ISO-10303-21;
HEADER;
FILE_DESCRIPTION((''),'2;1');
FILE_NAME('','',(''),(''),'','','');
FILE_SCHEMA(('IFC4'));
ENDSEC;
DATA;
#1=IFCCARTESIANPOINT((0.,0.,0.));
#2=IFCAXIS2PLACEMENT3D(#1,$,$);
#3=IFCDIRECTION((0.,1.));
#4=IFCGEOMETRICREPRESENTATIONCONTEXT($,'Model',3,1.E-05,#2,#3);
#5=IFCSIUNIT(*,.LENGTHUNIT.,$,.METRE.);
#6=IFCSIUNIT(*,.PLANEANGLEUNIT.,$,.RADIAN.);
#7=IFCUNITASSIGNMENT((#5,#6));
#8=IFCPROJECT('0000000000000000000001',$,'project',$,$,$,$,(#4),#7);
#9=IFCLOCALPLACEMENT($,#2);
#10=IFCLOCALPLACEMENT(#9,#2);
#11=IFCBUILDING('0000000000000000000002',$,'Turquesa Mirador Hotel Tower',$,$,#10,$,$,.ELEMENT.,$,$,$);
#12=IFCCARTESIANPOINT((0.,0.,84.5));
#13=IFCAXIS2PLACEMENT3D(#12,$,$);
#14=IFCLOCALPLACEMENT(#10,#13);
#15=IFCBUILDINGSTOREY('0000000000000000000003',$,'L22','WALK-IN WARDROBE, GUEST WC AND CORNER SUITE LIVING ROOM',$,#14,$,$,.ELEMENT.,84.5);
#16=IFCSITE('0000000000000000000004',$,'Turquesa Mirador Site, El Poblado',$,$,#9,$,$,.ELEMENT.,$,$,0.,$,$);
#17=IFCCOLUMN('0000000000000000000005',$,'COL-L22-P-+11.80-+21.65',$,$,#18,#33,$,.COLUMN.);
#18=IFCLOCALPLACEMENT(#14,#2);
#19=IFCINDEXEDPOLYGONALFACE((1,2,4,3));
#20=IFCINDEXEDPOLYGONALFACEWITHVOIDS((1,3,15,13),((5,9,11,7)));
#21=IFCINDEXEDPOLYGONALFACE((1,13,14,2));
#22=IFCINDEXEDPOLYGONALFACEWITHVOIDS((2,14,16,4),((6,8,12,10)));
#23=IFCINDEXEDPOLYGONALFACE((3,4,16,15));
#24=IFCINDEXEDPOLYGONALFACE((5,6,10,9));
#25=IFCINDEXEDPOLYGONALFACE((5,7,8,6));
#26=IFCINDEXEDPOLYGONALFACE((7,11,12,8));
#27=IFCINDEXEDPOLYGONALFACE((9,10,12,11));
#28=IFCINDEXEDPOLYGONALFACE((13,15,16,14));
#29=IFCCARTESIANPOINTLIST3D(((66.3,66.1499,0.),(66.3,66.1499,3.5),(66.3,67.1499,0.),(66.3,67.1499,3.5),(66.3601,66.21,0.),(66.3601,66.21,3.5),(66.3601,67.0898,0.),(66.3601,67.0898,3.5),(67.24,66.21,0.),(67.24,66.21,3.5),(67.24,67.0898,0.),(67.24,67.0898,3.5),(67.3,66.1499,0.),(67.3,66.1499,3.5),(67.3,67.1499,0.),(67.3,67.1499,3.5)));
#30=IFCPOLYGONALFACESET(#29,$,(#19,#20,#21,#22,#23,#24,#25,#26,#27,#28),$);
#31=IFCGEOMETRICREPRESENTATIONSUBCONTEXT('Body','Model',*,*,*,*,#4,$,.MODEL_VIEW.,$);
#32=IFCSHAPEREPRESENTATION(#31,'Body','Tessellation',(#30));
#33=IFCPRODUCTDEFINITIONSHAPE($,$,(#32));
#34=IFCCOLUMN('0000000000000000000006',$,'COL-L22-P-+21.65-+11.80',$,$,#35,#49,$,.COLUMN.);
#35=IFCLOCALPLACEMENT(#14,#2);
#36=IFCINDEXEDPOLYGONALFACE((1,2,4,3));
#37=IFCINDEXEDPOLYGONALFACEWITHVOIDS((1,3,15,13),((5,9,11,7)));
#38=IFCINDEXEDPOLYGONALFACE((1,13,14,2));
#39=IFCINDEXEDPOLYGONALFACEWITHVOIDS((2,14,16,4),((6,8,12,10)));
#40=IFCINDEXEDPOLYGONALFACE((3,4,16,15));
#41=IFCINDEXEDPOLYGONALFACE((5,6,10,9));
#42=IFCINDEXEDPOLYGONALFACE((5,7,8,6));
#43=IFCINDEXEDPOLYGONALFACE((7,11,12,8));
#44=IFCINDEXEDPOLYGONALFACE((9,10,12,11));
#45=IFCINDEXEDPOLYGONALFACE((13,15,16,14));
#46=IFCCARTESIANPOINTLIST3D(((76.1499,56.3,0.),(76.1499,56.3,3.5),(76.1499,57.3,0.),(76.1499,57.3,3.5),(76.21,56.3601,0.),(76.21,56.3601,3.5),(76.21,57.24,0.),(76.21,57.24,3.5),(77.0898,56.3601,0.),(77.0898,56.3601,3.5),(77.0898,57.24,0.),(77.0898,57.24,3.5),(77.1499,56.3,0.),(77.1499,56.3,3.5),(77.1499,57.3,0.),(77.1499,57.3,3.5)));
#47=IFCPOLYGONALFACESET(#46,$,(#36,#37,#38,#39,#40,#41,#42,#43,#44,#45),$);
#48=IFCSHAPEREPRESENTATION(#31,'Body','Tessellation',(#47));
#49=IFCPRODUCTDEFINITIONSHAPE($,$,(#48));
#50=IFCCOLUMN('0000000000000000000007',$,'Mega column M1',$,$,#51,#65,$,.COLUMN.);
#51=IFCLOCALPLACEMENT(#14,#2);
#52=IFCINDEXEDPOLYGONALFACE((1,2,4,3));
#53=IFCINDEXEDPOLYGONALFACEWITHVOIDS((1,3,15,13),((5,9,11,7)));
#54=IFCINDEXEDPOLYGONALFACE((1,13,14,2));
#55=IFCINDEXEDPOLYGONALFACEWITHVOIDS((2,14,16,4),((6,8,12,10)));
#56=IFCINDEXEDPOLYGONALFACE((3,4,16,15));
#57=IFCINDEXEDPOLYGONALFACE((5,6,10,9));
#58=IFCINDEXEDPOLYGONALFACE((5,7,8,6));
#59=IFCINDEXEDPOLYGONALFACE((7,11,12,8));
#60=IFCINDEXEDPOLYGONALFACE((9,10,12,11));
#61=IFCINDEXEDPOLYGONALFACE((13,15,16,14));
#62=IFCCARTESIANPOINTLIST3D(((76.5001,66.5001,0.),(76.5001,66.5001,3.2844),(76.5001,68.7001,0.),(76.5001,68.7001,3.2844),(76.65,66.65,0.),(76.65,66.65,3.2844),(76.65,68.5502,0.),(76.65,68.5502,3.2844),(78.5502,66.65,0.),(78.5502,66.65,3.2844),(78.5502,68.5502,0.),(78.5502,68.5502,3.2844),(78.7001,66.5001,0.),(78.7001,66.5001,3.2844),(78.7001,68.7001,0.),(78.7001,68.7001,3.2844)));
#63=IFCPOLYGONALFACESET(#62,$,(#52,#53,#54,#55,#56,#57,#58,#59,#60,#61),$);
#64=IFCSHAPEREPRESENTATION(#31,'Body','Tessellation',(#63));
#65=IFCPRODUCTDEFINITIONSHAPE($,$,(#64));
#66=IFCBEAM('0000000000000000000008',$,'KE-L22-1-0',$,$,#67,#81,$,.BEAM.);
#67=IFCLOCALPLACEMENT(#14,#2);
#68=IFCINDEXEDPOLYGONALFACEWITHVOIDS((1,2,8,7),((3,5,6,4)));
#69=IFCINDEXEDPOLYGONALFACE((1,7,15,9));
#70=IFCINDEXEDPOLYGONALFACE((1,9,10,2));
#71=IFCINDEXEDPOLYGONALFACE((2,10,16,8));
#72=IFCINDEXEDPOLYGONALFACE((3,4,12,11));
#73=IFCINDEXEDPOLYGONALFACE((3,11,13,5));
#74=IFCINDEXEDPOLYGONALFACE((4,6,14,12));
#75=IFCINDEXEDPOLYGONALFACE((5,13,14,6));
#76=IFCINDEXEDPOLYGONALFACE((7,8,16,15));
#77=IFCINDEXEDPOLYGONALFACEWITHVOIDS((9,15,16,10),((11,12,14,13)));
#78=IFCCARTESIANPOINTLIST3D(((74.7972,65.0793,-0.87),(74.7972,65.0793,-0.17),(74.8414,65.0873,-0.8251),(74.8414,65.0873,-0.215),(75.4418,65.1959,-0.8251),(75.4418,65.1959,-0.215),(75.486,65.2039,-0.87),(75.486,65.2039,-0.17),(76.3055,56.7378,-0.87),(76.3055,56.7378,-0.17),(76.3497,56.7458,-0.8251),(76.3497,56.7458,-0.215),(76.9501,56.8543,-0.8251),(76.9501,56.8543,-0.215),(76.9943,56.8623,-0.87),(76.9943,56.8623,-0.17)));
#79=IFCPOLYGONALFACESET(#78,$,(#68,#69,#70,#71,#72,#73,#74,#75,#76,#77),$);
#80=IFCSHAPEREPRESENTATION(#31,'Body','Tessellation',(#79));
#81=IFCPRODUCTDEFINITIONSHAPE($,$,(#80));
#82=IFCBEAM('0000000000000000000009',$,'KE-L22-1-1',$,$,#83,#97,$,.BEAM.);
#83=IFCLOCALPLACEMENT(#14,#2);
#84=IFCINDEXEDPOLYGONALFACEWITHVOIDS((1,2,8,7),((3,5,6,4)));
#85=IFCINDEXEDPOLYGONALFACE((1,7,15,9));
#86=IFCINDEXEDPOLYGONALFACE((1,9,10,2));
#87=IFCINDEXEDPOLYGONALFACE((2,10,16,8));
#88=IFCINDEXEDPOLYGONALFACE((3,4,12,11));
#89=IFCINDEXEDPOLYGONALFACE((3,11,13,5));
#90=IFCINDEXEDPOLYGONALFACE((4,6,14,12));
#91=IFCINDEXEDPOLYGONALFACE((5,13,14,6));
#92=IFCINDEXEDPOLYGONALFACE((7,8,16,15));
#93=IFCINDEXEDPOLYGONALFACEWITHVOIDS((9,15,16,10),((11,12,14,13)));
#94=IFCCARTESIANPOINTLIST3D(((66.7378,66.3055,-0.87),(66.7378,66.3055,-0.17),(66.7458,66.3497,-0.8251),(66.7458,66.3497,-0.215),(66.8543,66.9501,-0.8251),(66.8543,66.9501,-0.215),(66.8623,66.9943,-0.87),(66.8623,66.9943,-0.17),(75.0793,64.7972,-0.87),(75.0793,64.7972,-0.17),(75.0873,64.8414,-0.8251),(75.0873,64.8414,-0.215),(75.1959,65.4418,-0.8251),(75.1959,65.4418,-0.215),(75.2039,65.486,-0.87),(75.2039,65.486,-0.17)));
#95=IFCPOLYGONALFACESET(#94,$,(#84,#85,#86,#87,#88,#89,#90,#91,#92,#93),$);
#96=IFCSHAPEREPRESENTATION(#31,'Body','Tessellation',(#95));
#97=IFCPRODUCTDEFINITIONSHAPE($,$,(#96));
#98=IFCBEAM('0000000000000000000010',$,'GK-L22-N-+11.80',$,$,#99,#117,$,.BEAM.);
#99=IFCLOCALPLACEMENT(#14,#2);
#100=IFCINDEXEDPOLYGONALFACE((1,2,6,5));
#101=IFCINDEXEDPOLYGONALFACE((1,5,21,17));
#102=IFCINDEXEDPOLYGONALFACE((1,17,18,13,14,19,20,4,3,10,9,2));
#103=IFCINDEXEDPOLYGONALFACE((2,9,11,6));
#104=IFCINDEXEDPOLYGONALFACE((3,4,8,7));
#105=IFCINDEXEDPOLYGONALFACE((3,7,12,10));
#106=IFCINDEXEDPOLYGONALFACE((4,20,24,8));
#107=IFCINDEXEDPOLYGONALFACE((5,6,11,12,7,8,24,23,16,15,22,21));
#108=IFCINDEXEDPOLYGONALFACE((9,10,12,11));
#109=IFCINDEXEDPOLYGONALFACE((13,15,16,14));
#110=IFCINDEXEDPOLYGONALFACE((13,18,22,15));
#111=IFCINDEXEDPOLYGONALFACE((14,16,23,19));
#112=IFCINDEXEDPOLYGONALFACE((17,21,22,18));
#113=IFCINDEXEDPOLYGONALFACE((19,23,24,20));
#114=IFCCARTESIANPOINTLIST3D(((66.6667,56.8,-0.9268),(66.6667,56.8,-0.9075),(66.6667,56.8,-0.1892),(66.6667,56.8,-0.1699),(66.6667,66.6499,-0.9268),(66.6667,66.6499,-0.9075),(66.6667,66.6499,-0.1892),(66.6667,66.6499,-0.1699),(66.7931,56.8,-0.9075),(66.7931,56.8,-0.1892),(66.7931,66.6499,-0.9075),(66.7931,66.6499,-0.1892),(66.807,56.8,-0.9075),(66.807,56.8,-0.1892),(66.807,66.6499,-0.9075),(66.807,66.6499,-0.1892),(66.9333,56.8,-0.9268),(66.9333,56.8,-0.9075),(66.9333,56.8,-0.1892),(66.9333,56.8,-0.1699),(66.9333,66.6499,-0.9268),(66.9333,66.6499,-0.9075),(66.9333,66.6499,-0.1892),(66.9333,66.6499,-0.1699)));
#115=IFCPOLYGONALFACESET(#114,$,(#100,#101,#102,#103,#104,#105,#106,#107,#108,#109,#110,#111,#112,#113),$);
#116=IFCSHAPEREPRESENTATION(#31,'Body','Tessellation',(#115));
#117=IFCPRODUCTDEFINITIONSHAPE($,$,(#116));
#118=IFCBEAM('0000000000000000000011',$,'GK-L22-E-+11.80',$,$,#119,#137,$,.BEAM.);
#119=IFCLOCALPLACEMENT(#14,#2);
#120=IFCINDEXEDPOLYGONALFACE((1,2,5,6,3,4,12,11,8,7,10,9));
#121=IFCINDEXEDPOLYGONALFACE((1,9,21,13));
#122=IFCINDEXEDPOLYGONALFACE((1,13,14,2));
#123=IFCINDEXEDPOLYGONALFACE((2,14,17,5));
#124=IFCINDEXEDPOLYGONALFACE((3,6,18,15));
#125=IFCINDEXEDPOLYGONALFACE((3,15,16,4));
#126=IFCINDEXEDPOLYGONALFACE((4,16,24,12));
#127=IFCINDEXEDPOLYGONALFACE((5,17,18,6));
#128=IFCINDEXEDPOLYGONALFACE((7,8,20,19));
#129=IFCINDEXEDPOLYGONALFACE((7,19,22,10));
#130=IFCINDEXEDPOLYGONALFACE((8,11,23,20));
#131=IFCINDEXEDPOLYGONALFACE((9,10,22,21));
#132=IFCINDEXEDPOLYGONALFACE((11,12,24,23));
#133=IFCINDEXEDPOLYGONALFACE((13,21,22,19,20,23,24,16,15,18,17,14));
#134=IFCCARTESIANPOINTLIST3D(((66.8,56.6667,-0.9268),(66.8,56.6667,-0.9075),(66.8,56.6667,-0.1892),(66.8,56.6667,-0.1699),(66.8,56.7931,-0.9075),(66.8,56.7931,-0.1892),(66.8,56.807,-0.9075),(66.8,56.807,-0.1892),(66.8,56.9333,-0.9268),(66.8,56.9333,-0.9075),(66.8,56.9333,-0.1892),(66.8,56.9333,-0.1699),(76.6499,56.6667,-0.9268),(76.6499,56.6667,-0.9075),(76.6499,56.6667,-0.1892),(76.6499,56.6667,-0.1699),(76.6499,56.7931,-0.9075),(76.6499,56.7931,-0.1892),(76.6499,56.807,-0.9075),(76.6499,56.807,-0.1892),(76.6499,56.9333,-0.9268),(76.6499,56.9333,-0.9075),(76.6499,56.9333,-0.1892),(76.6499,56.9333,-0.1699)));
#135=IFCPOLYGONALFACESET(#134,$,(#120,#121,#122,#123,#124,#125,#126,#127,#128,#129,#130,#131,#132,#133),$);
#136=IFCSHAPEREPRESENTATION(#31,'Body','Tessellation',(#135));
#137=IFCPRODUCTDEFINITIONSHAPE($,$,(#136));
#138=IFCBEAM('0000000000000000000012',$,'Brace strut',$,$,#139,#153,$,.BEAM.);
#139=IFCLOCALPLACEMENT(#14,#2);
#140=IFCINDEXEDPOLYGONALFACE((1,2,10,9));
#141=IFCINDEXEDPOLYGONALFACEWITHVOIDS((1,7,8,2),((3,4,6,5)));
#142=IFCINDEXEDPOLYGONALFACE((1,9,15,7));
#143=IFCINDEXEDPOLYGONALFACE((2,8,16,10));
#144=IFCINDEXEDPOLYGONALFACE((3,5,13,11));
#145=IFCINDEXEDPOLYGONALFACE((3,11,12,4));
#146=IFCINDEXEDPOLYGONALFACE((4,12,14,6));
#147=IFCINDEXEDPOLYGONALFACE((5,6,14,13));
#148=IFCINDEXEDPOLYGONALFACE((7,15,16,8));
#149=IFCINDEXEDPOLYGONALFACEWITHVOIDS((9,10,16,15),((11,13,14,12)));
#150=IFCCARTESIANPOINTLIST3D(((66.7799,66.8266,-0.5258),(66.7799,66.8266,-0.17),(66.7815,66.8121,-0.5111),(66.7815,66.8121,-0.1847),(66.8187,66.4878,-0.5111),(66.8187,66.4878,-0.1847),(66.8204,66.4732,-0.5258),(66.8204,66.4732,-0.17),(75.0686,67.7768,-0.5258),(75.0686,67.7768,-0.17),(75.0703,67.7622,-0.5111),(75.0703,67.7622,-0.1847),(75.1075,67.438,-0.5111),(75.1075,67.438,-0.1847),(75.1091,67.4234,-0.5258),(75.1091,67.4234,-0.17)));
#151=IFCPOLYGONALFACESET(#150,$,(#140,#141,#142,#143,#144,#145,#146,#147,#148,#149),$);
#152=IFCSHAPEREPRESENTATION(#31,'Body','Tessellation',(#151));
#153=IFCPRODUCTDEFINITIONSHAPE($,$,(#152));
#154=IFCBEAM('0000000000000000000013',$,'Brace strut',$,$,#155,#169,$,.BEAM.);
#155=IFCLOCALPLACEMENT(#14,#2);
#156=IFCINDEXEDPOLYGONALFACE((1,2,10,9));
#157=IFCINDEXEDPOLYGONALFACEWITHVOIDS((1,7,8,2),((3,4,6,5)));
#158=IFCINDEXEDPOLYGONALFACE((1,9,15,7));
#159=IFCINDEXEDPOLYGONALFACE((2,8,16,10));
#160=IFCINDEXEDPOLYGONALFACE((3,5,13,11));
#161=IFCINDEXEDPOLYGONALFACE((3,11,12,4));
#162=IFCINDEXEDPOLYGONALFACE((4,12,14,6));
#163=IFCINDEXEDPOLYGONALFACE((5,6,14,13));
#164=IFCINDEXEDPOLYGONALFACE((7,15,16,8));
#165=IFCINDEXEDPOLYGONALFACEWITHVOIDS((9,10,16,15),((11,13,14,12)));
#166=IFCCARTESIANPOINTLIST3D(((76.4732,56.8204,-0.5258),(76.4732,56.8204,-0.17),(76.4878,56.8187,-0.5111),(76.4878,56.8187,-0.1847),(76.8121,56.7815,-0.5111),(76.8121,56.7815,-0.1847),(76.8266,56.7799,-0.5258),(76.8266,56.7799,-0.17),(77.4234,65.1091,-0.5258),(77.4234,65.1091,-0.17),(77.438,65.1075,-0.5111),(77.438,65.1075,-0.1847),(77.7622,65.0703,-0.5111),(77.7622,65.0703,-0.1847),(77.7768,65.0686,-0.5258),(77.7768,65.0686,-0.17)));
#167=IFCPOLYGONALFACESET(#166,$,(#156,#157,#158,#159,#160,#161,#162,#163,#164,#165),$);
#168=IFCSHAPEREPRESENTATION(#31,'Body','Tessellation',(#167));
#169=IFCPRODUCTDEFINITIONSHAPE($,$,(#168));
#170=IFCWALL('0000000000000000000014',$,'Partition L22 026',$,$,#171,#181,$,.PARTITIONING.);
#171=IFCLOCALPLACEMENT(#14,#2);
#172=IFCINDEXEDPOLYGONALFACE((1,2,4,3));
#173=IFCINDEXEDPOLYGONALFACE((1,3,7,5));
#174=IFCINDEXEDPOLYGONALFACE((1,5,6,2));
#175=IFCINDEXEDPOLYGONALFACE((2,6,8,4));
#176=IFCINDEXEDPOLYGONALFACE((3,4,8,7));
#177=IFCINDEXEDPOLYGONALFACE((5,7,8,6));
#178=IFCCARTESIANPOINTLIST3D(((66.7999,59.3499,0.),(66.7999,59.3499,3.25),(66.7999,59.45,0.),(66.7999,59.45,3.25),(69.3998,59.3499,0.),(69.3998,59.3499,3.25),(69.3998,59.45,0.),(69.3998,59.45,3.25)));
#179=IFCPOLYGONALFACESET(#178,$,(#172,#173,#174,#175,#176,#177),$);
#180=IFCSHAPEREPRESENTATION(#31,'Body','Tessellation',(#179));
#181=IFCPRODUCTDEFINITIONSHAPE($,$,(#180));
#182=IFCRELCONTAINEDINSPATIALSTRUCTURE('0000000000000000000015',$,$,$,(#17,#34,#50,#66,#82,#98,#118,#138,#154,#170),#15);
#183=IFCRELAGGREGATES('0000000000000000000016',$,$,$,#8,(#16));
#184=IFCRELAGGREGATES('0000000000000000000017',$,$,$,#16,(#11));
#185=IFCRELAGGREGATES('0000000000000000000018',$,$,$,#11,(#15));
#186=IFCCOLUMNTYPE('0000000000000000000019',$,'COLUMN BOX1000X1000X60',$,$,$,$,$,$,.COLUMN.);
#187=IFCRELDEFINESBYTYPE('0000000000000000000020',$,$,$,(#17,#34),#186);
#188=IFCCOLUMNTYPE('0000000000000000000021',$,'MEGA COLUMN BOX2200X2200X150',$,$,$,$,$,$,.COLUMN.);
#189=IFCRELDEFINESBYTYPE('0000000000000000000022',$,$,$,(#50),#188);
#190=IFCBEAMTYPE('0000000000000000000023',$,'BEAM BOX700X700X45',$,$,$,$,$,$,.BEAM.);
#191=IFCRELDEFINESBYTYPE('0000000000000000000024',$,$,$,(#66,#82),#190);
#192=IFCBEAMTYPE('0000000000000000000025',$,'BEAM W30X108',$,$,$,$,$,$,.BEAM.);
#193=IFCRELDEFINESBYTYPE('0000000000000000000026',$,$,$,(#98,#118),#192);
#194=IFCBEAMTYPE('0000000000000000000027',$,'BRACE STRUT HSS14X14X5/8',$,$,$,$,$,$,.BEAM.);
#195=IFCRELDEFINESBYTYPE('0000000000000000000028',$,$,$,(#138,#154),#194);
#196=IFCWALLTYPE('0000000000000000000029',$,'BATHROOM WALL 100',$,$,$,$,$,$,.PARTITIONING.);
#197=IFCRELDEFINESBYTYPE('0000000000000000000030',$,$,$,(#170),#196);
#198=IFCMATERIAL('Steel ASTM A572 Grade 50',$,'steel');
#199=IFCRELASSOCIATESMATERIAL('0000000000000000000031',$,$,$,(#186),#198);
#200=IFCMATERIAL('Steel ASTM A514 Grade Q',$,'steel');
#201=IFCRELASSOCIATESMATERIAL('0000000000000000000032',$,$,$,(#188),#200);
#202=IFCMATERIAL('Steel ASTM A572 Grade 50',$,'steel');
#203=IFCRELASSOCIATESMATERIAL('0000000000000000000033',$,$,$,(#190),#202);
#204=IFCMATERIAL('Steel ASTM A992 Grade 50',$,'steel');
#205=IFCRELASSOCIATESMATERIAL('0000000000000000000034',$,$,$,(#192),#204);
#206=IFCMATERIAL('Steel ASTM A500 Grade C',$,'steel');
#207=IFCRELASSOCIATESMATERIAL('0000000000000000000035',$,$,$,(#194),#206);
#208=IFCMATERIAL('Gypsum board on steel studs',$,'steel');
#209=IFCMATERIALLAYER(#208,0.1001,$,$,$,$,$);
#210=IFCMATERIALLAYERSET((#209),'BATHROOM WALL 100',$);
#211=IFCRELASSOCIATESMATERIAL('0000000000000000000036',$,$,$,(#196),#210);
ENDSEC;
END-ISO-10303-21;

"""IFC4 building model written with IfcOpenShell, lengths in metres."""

from ifc_helpers import new_model, si_unit, direction, frame, frame_2d, origin, origin_2d, place, context, subcontext, project, spatial, rectangle, hollow_rectangle, i_section, extrude, clip, halfspace, material, layer, layer_set, material_profile, profile_set, type_object, element, save


model = new_model("IFC4")

# Units and contexts
model_context = context("Model", 3, precision=1e-05, world=origin(), true_north=direction((0.0, 1.0)))
body_context = subcontext(model_context, "Body", "Model", "MODEL_VIEW")
ifc_project = project(units=[si_unit("LENGTHUNIT", "METRE"), si_unit("PLANEANGLEUNIT", "RADIAN")], contexts=[model_context])

# Site, building, storey
site_placement = place(None, origin())
site = spatial("IfcSite", under=ifc_project, at=site_placement, Name="Turquesa Mirador Site, El Poblado", CompositionType="ELEMENT", RefElevation=0.0)
building_placement = place(site_placement, origin())
building = spatial("IfcBuilding", under=site, at=building_placement, Name="Turquesa Mirador Hotel Tower", CompositionType="ELEMENT")
storey_placement = place(building_placement, frame((0.0, 0.0, 84.5)))
storey = spatial("IfcBuildingStorey", under=building, at=storey_placement, Name="L22", Description="WALK-IN WARDROBE, GUEST WC AND CORNER SUITE LIVING ROOM", CompositionType="ELEMENT", Elevation=84.5)

# Columns
ifc_material_1 = material(Name="Steel ASTM A572 Grade 50", Category="steel")
ifc_material_profile_1 = material_profile(ifc_material_1, hollow_rectangle(XDim=1.0, YDim=1.0, WallThickness=0.0601, at=origin_2d()), Name="BOX1000X1000X60")
ifc_profile_set_1 = profile_set([ifc_material_profile_1], Name="Steel ASTM A572 Grade 50")
column_type_1 = type_object("IfcColumnType", Name="COLUMN BOX1000X1000X60", PredefinedType="COLUMN", material=ifc_profile_set_1)
for number, where, z_axis, x_axis, name in (
    (1, (66.8, 66.6499, 0.0), (0.0, 0.0, 1.0), (1.0, 0.0, 0.0), "COL-L22-P-+11.80-+21.65"),
    (2, (76.6499, 56.8, 0.0), (0.0, 0.0, 1.0), (1.0, 0.0, 0.0), "COL-L22-P-+21.65-+11.80"),
):
    element("IfcColumn", number, at=place(storey_placement, frame(where, z_axis=z_axis, x_axis=x_axis)), inside=storey, type_object=column_type_1, Name=name, PredefinedType="COLUMN", context=body_context, shape_type="SweptSolid", body=[
        extrude(hollow_rectangle(XDim=1.0, YDim=1.0, WallThickness=0.0601, at=origin_2d()), origin(), (0.0, 0.0, 1.0), 3.5),
    ])
ifc_material_2 = material(Name="Steel ASTM A514 Grade Q", Category="steel")
ifc_material_profile_2 = material_profile(ifc_material_2, hollow_rectangle(XDim=2.2, YDim=2.2, WallThickness=0.1499, at=origin_2d()), Name="BOX2200X2200X150")
ifc_profile_set_2 = profile_set([ifc_material_profile_2], Name="Steel ASTM A514 Grade Q")
column_type_2 = type_object("IfcColumnType", Name="MEGA COLUMN BOX2200X2200X150", PredefinedType="COLUMN", material=ifc_profile_set_2)
column_placement = place(storey_placement, frame((77.6001, 67.6001, 0.0), z_axis=(0.0, 0.0, 1.0), x_axis=(1.0, 0.0, 0.0)))
element("IfcColumn", 3, at=column_placement, inside=storey, type_object=column_type_2, Name="Mega column M1", PredefinedType="COLUMN", context=body_context, shape_type="Clipping", body=[
    clip(extrude(hollow_rectangle(XDim=2.2, YDim=2.2, WallThickness=0.1499, at=origin_2d()), origin(), (0.0, 0.0, 1.0), 3.5), halfspace(frame((0.0, 0.0, 3.2844), z_axis=(0.0, 0.0, 1.0), x_axis=(1.0, 0.0, 0.0)), False)),
])

# Beams
ifc_material_3 = material(Name="Steel ASTM A572 Grade 50", Category="steel")
ifc_material_profile_3 = material_profile(ifc_material_3, hollow_rectangle(XDim=0.7, YDim=0.7, WallThickness=0.0449, at=origin_2d()), Name="BOX700X700X45")
ifc_profile_set_3 = profile_set([ifc_material_profile_3], Name="Steel ASTM A572 Grade 50")
beam_type_1 = type_object("IfcBeamType", Name="BEAM BOX700X700X45", PredefinedType="BEAM", material=ifc_profile_set_3)
for number, where, z_axis, x_axis, name in (
    (4, (76.6499, 56.8, -0.52), (-0.177932, 0.984043, 0.0), (-0.984043, -0.177932, 0.0), "KE-L22-1-0"),
    (5, (75.1416, 65.1416, -0.52), (-0.984043, 0.177932, 0.0), (-0.177932, -0.984043, 0.0), "KE-L22-1-1"),
):
    element("IfcBeam", number, at=place(storey_placement, frame(where, z_axis=z_axis, x_axis=x_axis)), inside=storey, type_object=beam_type_1, Name=name, PredefinedType="BEAM", context=body_context, shape_type="SweptSolid", body=[
        extrude(hollow_rectangle(XDim=0.7, YDim=0.7, WallThickness=0.0449, at=origin_2d()), origin(), (0.0, 0.0, 1.0), 8.4768),
    ])
ifc_material_4 = material(Name="Steel ASTM A992 Grade 50", Category="steel")
ifc_material_profile_4 = material_profile(ifc_material_4, i_section(OverallWidth=0.2666, OverallDepth=0.7568, WebThickness=0.0139, FlangeThickness=0.0193, at=origin_2d()), Name="W30X108")
ifc_profile_set_4 = profile_set([ifc_material_profile_4], Name="Steel ASTM A992 Grade 50")
beam_type_2 = type_object("IfcBeamType", Name="BEAM W30X108", PredefinedType="BEAM", material=ifc_profile_set_4)
for number, where, z_axis, x_axis, name in (
    (6, (66.8, 66.6499, -0.5483), (0.0, -1.0, 0.0), (1.0, 0.0, 0.0), "GK-L22-N-+11.80"),
    (7, (76.6499, 56.8, -0.5483), (-1.0, 0.0, 0.0), (0.0, -1.0, 0.0), "GK-L22-E-+11.80"),
):
    element("IfcBeam", number, at=place(storey_placement, frame(where, z_axis=z_axis, x_axis=x_axis)), inside=storey, type_object=beam_type_2, Name=name, PredefinedType="BEAM", context=body_context, shape_type="SweptSolid", body=[
        extrude(i_section(OverallWidth=0.2666, OverallDepth=0.7568, WebThickness=0.0139, FlangeThickness=0.0193, at=origin_2d()), origin(), (0.0, 0.0, 1.0), 9.8499),
    ])
ifc_material_5 = material(Name="Steel ASTM A500 Grade C", Category="steel")
ifc_material_profile_5 = material_profile(ifc_material_5, hollow_rectangle(XDim=0.3557, YDim=0.3557, WallThickness=0.0146, at=origin_2d()), Name="HSS14X14X5/8")
ifc_profile_set_5 = profile_set([ifc_material_profile_5], Name="Steel ASTM A500 Grade C")
beam_type_3 = type_object("IfcBeamType", Name="BRACE STRUT HSS14X14X5/8", PredefinedType="BEAM", material=ifc_profile_set_5)
for number, where, z_axis, x_axis, name in (
    (8, (75.0889, 67.6001, -0.3479), (-0.993493, -0.11389, 0.0), (0.11389, -0.993493, 0.0), "Brace strut"),
    (9, (77.6001, 65.0889, -0.3479), (-0.11389, -0.993493, 0.0), (0.993493, -0.11389, 0.0), "Brace strut"),
):
    element("IfcBeam", number, at=place(storey_placement, frame(where, z_axis=z_axis, x_axis=x_axis)), inside=storey, type_object=beam_type_3, Name=name, PredefinedType="BEAM", context=body_context, shape_type="SweptSolid", body=[
        extrude(hollow_rectangle(XDim=0.3557, YDim=0.3557, WallThickness=0.0146, at=origin_2d()), origin(), (0.0, 0.0, 1.0), 8.343),
    ])

# Wall
ifc_material_6 = material(Name="Gypsum board on steel studs", Category="steel")
ifc_layer_1 = layer(ifc_material_6, 0.1001)
ifc_layer_set_1 = layer_set([ifc_layer_1], Name="BATHROOM WALL 100")
wall_type_1 = type_object("IfcWallType", Name="BATHROOM WALL 100", PredefinedType="PARTITIONING", material=ifc_layer_set_1)
wall_1_placement = place(storey_placement, frame((66.8, 59.3999, 0.0), z_axis=(0.0, 0.0, 1.0), x_axis=(1.0, 0.0, 0.0)))
element("IfcWall", 10, at=wall_1_placement, inside=storey, type_object=wall_type_1, Name="Partition L22 026", PredefinedType="PARTITIONING", context=body_context, shape_type="SweptSolid", body=[
    extrude(rectangle(XDim=2.5999, YDim=0.1001, at=frame_2d((1.2998, 0.0))), origin(), (0.0, 0.0, 1.0), 3.25),
])

save(model, "model.ifc")
